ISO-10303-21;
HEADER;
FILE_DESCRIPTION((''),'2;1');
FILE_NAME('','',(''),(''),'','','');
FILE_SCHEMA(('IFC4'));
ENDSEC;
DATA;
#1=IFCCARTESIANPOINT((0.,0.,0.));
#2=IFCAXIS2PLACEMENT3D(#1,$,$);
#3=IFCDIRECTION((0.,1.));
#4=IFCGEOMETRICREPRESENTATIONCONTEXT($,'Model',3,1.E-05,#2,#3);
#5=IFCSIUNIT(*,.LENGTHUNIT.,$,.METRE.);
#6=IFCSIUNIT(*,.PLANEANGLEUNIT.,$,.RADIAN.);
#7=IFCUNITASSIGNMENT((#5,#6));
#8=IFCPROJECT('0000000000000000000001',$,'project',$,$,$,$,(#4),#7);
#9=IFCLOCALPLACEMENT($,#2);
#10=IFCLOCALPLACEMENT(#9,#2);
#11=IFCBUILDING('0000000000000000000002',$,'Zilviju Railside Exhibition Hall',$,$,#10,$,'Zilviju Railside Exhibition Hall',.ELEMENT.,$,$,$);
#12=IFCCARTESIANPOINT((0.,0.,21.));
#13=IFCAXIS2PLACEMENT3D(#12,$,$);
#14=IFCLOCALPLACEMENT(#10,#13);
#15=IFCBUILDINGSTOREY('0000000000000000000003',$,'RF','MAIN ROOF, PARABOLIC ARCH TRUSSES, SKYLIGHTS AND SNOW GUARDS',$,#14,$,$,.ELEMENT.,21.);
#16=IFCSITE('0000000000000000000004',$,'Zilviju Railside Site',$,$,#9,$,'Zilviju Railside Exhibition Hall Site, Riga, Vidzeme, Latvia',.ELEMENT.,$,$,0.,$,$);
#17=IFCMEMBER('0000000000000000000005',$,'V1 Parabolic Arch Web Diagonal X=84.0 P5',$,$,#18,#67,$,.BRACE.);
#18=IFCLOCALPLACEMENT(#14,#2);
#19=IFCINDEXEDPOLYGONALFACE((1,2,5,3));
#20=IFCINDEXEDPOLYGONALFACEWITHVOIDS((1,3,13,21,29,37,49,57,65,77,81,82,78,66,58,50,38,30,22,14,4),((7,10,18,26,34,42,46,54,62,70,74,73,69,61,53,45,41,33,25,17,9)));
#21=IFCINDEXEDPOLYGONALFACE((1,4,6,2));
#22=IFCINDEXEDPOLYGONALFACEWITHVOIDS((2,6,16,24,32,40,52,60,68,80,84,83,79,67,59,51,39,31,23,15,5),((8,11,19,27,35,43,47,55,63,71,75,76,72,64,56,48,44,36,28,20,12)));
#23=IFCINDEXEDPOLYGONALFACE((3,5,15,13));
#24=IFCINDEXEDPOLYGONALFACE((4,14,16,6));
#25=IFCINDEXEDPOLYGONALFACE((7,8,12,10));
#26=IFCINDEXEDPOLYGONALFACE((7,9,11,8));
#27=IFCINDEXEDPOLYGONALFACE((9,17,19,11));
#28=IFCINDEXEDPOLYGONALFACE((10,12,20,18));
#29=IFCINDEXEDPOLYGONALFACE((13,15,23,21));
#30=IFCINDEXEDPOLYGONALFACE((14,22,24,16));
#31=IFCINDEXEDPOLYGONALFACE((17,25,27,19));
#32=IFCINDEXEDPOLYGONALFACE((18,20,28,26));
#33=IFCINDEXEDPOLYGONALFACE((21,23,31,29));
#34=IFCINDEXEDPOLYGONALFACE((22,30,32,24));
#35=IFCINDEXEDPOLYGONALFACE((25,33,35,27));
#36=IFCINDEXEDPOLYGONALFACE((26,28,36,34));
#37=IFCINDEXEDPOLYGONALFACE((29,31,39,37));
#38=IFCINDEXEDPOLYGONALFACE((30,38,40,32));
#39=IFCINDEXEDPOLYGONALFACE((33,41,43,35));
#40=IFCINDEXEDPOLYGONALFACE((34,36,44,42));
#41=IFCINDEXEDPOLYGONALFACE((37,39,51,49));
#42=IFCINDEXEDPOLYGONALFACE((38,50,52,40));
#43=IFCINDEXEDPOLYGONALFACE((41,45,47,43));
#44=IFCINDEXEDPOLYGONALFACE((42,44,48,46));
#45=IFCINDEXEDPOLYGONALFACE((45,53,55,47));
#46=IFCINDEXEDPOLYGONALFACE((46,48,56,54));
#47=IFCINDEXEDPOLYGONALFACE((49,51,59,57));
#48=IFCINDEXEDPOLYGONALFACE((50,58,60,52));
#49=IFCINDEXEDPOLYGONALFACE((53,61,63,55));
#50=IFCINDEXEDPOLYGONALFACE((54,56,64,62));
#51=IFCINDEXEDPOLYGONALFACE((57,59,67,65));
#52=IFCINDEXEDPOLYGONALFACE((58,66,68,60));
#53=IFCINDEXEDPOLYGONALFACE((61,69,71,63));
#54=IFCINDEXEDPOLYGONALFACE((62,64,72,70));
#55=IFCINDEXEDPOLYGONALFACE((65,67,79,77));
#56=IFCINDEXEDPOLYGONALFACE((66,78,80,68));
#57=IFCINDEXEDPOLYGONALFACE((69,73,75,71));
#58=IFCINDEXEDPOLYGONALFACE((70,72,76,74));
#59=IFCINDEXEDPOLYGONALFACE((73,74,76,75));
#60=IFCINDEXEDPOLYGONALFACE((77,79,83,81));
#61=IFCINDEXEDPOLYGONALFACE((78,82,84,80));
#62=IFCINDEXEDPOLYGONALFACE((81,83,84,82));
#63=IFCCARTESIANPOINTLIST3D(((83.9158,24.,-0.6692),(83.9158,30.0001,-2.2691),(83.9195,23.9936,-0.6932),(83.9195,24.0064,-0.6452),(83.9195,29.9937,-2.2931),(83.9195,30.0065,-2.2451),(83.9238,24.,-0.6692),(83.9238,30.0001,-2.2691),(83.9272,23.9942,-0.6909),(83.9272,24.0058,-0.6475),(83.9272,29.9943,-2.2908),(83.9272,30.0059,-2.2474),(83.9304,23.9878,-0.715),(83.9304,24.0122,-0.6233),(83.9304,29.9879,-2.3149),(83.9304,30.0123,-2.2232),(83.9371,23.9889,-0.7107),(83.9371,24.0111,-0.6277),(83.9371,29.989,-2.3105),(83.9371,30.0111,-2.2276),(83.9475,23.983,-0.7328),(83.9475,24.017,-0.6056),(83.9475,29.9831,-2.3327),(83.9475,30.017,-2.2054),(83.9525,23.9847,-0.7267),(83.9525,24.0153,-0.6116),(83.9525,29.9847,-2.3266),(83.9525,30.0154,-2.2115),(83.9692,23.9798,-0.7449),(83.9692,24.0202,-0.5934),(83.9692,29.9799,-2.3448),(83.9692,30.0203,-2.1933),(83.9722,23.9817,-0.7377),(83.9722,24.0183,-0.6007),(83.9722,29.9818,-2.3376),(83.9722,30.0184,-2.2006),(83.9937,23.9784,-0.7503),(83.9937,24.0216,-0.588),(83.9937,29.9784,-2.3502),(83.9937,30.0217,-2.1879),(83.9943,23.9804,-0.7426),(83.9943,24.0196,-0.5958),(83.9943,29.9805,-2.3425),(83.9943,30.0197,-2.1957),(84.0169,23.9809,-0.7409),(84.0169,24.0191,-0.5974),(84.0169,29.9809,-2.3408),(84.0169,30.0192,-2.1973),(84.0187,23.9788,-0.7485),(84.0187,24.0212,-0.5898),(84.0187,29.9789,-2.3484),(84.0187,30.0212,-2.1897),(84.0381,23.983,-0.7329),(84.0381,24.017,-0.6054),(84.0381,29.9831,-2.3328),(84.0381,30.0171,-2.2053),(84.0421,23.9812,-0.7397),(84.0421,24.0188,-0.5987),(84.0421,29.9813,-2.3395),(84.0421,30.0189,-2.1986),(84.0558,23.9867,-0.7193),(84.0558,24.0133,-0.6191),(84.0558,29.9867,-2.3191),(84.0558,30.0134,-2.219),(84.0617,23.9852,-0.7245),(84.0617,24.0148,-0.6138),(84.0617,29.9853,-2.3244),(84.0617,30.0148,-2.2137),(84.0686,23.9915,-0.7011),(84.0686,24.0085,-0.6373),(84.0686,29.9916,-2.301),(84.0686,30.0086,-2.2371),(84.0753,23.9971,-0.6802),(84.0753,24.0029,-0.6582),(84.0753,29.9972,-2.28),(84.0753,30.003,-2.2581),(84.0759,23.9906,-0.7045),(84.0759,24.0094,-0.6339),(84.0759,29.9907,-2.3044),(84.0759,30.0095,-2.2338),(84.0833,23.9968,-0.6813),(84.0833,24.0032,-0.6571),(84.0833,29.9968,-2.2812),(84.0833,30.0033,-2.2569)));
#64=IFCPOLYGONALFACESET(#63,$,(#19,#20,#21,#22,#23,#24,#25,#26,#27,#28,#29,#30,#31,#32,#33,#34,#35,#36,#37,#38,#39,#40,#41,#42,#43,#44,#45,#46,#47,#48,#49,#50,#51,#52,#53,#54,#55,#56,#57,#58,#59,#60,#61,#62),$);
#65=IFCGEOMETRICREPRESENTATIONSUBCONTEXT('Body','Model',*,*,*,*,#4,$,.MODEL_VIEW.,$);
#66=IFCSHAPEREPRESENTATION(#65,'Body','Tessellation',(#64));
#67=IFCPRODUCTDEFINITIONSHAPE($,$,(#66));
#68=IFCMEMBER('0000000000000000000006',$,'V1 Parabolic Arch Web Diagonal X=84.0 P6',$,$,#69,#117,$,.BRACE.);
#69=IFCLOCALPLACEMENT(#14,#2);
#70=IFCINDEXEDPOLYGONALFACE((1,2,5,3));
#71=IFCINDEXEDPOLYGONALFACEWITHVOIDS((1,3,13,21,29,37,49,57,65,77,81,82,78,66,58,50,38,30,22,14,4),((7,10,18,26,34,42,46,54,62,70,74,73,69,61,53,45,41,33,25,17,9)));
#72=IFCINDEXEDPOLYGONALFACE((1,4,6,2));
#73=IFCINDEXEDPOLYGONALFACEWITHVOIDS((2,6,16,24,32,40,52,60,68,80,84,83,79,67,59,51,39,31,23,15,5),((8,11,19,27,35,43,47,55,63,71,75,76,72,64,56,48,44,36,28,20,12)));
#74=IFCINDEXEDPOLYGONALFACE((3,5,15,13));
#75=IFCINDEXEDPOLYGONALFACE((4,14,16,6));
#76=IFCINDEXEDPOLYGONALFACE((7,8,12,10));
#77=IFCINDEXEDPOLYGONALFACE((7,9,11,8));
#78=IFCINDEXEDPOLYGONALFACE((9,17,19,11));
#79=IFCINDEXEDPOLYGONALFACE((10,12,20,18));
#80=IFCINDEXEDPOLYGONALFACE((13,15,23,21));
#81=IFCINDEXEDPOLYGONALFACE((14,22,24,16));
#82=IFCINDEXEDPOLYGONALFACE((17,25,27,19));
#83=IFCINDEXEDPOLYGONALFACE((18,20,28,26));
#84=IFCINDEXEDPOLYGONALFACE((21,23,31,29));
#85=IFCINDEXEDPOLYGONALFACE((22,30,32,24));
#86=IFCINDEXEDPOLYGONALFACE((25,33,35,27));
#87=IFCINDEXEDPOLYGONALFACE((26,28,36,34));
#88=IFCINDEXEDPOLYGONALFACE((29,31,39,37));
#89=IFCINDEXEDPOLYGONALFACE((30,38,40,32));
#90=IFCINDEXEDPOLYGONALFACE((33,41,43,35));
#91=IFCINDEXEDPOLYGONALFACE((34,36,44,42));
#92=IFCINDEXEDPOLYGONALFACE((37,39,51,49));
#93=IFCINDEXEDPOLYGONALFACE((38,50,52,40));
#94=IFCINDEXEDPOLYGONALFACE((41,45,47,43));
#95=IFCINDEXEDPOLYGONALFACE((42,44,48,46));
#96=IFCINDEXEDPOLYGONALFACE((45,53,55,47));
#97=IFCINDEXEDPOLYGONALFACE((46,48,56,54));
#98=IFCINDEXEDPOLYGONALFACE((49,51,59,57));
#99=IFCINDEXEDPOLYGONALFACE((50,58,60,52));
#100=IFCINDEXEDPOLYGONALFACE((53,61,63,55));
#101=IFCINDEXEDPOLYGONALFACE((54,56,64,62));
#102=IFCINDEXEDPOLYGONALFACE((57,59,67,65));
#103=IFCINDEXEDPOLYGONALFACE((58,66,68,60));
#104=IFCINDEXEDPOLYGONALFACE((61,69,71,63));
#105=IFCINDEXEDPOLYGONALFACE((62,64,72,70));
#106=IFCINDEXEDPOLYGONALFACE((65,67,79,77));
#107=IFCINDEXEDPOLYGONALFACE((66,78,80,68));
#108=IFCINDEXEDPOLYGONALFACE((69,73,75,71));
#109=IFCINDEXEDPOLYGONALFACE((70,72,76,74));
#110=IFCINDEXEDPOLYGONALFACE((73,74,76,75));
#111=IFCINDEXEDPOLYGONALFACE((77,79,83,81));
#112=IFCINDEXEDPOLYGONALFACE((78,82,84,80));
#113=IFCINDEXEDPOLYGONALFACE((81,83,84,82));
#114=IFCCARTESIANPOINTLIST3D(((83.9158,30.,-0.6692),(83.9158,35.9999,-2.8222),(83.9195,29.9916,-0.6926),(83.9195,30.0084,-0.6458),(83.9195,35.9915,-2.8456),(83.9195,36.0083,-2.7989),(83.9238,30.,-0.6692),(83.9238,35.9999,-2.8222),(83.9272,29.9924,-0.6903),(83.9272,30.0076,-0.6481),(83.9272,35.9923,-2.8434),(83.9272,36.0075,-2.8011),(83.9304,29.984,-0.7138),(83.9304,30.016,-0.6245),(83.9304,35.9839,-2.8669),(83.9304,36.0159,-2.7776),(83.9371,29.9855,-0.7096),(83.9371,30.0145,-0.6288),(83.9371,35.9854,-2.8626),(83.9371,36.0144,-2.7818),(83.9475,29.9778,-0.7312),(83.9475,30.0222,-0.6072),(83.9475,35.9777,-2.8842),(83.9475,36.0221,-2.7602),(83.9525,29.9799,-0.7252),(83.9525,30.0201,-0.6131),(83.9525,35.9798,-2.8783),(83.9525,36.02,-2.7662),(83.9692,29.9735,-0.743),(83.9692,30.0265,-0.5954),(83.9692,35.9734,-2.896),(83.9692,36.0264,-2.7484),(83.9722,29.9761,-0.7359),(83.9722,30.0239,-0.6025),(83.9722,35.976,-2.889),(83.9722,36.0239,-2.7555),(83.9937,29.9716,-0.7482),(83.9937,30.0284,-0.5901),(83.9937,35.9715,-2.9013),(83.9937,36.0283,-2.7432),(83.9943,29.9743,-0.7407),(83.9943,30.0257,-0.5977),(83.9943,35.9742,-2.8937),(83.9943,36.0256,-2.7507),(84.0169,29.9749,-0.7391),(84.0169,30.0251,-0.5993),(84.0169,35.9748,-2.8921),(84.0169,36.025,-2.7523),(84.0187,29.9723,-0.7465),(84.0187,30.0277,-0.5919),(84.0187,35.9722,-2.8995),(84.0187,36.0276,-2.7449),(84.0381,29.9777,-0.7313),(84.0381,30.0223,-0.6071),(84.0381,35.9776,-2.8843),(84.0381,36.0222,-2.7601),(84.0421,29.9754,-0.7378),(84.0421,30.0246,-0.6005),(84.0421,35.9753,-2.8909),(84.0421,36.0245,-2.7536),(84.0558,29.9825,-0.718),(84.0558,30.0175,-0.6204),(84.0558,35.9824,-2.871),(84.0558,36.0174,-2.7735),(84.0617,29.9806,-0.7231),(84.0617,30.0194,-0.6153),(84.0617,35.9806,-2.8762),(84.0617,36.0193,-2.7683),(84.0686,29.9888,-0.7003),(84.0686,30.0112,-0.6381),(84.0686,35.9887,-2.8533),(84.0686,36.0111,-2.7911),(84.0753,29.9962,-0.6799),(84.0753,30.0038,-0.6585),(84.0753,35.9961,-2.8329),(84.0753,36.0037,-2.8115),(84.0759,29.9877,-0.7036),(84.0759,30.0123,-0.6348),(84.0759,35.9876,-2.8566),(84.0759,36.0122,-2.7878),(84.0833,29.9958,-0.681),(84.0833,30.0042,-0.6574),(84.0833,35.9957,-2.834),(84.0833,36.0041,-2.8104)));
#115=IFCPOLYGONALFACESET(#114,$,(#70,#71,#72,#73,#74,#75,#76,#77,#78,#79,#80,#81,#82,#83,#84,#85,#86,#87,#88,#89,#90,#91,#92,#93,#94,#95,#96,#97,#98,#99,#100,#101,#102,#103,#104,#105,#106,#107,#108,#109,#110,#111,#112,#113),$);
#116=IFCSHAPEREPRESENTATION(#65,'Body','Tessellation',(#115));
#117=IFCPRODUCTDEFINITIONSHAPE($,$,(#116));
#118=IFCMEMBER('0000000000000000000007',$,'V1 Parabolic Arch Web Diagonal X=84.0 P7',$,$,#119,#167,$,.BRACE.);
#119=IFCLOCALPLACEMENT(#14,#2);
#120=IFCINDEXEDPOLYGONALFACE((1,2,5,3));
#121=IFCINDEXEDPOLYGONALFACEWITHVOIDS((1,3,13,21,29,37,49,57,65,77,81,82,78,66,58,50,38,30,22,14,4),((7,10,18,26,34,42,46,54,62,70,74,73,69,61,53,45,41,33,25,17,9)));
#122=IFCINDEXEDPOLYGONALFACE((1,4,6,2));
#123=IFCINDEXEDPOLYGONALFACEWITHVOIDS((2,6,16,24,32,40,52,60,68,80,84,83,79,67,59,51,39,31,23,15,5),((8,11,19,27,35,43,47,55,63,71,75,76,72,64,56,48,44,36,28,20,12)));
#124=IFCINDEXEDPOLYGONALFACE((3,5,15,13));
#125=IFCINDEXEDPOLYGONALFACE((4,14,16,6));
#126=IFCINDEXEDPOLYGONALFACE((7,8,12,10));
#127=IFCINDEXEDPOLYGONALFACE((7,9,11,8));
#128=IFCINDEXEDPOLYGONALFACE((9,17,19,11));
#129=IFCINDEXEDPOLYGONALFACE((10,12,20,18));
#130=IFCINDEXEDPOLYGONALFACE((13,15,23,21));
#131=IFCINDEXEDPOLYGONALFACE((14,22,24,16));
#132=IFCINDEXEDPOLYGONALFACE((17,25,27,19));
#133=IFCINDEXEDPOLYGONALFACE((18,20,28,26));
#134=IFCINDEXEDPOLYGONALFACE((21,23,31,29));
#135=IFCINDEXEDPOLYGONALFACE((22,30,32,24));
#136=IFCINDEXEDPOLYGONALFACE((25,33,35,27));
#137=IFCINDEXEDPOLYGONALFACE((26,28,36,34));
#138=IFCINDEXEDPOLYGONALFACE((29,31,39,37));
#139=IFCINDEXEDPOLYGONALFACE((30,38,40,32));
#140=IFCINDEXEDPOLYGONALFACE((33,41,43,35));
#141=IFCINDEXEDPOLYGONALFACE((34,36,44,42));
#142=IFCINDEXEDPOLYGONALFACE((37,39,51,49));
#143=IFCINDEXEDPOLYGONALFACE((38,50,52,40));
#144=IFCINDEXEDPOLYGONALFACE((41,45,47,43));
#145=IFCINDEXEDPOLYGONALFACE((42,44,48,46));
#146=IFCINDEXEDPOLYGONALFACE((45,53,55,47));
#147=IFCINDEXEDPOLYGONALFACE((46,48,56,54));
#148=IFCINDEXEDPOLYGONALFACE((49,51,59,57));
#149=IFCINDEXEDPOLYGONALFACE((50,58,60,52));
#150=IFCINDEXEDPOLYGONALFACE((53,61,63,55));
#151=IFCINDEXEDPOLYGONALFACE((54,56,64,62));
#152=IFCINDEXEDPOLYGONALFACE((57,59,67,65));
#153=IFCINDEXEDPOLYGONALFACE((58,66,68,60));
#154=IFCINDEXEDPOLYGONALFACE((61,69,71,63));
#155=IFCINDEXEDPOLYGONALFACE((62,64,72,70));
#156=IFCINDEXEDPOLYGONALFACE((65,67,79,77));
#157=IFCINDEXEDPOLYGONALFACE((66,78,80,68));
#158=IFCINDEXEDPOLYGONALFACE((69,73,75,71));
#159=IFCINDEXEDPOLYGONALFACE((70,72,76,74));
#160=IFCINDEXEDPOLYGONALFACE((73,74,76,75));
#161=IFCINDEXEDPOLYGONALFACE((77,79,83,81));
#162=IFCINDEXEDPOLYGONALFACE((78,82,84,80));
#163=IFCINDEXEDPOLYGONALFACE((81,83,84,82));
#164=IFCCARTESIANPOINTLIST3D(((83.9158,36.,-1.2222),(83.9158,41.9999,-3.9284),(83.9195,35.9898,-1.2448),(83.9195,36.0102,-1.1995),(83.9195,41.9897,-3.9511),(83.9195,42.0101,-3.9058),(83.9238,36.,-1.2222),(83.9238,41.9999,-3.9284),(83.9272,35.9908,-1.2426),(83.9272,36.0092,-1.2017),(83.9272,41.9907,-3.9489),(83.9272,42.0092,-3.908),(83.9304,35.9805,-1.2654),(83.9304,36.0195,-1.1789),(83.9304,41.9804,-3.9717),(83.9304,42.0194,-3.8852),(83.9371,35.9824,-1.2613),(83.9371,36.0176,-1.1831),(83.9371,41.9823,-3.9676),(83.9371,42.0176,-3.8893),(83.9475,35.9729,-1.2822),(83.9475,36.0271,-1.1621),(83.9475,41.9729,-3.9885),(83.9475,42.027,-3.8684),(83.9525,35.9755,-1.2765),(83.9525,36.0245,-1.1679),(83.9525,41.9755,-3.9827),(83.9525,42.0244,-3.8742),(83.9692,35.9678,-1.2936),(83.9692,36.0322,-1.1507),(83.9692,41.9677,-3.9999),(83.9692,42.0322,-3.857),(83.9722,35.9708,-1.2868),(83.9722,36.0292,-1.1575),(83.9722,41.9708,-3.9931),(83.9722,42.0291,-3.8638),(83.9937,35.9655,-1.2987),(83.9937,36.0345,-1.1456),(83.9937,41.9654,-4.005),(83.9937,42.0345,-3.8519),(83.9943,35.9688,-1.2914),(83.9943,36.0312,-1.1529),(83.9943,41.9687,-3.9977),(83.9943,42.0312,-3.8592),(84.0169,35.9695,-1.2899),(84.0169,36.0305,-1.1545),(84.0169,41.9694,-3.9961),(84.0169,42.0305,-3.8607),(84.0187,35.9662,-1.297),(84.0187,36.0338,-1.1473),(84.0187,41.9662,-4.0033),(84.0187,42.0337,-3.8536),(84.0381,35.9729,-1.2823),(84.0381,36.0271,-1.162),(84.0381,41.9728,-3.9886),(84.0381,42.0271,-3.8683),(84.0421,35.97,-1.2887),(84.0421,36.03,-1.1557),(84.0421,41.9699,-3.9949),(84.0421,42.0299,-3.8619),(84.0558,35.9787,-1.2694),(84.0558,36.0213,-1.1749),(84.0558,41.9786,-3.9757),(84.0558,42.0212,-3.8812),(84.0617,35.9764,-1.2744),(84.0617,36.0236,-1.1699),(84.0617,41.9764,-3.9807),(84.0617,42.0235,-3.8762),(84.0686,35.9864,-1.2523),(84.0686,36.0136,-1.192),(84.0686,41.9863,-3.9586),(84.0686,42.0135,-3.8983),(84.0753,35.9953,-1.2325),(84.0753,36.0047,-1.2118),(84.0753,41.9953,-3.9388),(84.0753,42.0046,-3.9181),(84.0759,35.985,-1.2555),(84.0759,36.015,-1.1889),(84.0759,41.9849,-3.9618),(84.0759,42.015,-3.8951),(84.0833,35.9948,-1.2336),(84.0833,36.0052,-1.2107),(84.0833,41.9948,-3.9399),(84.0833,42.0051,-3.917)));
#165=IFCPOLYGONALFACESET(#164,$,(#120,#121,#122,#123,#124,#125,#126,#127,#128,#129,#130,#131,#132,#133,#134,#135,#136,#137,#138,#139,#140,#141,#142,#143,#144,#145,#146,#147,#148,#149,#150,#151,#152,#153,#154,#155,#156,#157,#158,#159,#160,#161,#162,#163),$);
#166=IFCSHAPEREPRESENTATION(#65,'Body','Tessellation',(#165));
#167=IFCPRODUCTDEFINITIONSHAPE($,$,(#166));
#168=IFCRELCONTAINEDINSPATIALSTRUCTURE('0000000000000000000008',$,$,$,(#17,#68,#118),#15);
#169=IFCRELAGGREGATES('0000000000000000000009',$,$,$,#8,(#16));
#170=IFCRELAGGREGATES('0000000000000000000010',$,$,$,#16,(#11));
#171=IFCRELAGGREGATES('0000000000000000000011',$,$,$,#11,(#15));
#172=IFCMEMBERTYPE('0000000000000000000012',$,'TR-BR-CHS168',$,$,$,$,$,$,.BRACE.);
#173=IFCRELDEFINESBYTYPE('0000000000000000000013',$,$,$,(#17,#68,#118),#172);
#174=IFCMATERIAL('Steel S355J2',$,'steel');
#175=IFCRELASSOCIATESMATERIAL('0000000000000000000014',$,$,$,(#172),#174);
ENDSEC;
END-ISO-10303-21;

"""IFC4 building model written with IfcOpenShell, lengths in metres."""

from ifc_helpers import new_model, si_unit, direction, frame, origin, origin_2d, place, context, subcontext, project, spatial, hollow_circle, extrude, material, material_profile, profile_set, type_object, element, save


model = new_model("IFC4")

# Units and contexts
model_context = context("Model", 3, precision=1e-05, world=origin(), true_north=direction((0.0, 1.0)))
body_context = subcontext(model_context, "Body", "Model", "MODEL_VIEW")
ifc_project = project(units=[si_unit("LENGTHUNIT", "METRE"), si_unit("PLANEANGLEUNIT", "RADIAN")], contexts=[model_context])

# Site, building, storey
site_placement = place(None, origin())
site = spatial("IfcSite", under=ifc_project, at=site_placement, Name="Zilviju Railside Site", LongName="Zilviju Railside Exhibition Hall Site, Riga, Vidzeme, Latvia", CompositionType="ELEMENT", RefElevation=0.0)
building_placement = place(site_placement, origin())
building = spatial("IfcBuilding", under=site, at=building_placement, Name="Zilviju Railside Exhibition Hall", LongName="Zilviju Railside Exhibition Hall", CompositionType="ELEMENT")
storey_placement = place(building_placement, frame((0.0, 0.0, 21.0)))
storey = spatial("IfcBuildingStorey", under=building, at=storey_placement, Name="RF", Description="MAIN ROOF, PARABOLIC ARCH TRUSSES, SKYLIGHTS AND SNOW GUARDS", CompositionType="ELEMENT", Elevation=21.0)

# Members
ifc_material_1 = material(Name="Steel S355J2", Category="steel")
ifc_material_profile_1 = material_profile(ifc_material_1, hollow_circle(Radius=0.0842, WallThickness=0.0081, at=origin_2d()), Name="CHS 168.3x8.0")
ifc_profile_set_1 = profile_set([ifc_material_profile_1], Name="Steel S355J2")
member_type_1 = type_object("IfcMemberType", Name="TR-BR-CHS168", PredefinedType="BRACE", material=ifc_profile_set_1)
member_1_placement = place(storey_placement, frame((84.0, 24.0, -0.6692), z_axis=(0.0, 0.966241, -0.257641), x_axis=(-1.0, 0.0, 0.0)))
element("IfcMember", 1, at=member_1_placement, inside=storey, type_object=member_type_1, Name="V1 Parabolic Arch Web Diagonal X=84.0 P5", PredefinedType="BRACE", context=body_context, shape_type="SweptSolid", body=[
    extrude(hollow_circle(Radius=0.0842, WallThickness=0.0081, at=origin_2d()), origin(), (0.0, 0.0, 1.0), 6.2097),
])
member_2_placement = place(storey_placement, frame((84.0, 30.0, -0.6692), z_axis=(0.0, 0.941233, -0.337758), x_axis=(-1.0, 0.0, 0.0)))
element("IfcMember", 2, at=member_2_placement, inside=storey, type_object=member_type_1, Name="V1 Parabolic Arch Web Diagonal X=84.0 P6", PredefinedType="BRACE", context=body_context, shape_type="SweptSolid", body=[
    extrude(hollow_circle(Radius=0.0842, WallThickness=0.0081, at=origin_2d()), origin(), (0.0, 0.0, 1.0), 6.3745),
])
member_3_placement = place(storey_placement, frame((84.0, 36.0, -1.2222), z_axis=(0.0, 0.911563, -0.41116), x_axis=(-1.0, 0.0, 0.0)))
element("IfcMember", 3, at=member_3_placement, inside=storey, type_object=member_type_1, Name="V1 Parabolic Arch Web Diagonal X=84.0 P7", PredefinedType="BRACE", context=body_context, shape_type="SweptSolid", body=[
    extrude(hollow_circle(Radius=0.0842, WallThickness=0.0081, at=origin_2d()), origin(), (0.0, 0.0, 1.0), 6.582),
])

save(model, "model.ifc")
